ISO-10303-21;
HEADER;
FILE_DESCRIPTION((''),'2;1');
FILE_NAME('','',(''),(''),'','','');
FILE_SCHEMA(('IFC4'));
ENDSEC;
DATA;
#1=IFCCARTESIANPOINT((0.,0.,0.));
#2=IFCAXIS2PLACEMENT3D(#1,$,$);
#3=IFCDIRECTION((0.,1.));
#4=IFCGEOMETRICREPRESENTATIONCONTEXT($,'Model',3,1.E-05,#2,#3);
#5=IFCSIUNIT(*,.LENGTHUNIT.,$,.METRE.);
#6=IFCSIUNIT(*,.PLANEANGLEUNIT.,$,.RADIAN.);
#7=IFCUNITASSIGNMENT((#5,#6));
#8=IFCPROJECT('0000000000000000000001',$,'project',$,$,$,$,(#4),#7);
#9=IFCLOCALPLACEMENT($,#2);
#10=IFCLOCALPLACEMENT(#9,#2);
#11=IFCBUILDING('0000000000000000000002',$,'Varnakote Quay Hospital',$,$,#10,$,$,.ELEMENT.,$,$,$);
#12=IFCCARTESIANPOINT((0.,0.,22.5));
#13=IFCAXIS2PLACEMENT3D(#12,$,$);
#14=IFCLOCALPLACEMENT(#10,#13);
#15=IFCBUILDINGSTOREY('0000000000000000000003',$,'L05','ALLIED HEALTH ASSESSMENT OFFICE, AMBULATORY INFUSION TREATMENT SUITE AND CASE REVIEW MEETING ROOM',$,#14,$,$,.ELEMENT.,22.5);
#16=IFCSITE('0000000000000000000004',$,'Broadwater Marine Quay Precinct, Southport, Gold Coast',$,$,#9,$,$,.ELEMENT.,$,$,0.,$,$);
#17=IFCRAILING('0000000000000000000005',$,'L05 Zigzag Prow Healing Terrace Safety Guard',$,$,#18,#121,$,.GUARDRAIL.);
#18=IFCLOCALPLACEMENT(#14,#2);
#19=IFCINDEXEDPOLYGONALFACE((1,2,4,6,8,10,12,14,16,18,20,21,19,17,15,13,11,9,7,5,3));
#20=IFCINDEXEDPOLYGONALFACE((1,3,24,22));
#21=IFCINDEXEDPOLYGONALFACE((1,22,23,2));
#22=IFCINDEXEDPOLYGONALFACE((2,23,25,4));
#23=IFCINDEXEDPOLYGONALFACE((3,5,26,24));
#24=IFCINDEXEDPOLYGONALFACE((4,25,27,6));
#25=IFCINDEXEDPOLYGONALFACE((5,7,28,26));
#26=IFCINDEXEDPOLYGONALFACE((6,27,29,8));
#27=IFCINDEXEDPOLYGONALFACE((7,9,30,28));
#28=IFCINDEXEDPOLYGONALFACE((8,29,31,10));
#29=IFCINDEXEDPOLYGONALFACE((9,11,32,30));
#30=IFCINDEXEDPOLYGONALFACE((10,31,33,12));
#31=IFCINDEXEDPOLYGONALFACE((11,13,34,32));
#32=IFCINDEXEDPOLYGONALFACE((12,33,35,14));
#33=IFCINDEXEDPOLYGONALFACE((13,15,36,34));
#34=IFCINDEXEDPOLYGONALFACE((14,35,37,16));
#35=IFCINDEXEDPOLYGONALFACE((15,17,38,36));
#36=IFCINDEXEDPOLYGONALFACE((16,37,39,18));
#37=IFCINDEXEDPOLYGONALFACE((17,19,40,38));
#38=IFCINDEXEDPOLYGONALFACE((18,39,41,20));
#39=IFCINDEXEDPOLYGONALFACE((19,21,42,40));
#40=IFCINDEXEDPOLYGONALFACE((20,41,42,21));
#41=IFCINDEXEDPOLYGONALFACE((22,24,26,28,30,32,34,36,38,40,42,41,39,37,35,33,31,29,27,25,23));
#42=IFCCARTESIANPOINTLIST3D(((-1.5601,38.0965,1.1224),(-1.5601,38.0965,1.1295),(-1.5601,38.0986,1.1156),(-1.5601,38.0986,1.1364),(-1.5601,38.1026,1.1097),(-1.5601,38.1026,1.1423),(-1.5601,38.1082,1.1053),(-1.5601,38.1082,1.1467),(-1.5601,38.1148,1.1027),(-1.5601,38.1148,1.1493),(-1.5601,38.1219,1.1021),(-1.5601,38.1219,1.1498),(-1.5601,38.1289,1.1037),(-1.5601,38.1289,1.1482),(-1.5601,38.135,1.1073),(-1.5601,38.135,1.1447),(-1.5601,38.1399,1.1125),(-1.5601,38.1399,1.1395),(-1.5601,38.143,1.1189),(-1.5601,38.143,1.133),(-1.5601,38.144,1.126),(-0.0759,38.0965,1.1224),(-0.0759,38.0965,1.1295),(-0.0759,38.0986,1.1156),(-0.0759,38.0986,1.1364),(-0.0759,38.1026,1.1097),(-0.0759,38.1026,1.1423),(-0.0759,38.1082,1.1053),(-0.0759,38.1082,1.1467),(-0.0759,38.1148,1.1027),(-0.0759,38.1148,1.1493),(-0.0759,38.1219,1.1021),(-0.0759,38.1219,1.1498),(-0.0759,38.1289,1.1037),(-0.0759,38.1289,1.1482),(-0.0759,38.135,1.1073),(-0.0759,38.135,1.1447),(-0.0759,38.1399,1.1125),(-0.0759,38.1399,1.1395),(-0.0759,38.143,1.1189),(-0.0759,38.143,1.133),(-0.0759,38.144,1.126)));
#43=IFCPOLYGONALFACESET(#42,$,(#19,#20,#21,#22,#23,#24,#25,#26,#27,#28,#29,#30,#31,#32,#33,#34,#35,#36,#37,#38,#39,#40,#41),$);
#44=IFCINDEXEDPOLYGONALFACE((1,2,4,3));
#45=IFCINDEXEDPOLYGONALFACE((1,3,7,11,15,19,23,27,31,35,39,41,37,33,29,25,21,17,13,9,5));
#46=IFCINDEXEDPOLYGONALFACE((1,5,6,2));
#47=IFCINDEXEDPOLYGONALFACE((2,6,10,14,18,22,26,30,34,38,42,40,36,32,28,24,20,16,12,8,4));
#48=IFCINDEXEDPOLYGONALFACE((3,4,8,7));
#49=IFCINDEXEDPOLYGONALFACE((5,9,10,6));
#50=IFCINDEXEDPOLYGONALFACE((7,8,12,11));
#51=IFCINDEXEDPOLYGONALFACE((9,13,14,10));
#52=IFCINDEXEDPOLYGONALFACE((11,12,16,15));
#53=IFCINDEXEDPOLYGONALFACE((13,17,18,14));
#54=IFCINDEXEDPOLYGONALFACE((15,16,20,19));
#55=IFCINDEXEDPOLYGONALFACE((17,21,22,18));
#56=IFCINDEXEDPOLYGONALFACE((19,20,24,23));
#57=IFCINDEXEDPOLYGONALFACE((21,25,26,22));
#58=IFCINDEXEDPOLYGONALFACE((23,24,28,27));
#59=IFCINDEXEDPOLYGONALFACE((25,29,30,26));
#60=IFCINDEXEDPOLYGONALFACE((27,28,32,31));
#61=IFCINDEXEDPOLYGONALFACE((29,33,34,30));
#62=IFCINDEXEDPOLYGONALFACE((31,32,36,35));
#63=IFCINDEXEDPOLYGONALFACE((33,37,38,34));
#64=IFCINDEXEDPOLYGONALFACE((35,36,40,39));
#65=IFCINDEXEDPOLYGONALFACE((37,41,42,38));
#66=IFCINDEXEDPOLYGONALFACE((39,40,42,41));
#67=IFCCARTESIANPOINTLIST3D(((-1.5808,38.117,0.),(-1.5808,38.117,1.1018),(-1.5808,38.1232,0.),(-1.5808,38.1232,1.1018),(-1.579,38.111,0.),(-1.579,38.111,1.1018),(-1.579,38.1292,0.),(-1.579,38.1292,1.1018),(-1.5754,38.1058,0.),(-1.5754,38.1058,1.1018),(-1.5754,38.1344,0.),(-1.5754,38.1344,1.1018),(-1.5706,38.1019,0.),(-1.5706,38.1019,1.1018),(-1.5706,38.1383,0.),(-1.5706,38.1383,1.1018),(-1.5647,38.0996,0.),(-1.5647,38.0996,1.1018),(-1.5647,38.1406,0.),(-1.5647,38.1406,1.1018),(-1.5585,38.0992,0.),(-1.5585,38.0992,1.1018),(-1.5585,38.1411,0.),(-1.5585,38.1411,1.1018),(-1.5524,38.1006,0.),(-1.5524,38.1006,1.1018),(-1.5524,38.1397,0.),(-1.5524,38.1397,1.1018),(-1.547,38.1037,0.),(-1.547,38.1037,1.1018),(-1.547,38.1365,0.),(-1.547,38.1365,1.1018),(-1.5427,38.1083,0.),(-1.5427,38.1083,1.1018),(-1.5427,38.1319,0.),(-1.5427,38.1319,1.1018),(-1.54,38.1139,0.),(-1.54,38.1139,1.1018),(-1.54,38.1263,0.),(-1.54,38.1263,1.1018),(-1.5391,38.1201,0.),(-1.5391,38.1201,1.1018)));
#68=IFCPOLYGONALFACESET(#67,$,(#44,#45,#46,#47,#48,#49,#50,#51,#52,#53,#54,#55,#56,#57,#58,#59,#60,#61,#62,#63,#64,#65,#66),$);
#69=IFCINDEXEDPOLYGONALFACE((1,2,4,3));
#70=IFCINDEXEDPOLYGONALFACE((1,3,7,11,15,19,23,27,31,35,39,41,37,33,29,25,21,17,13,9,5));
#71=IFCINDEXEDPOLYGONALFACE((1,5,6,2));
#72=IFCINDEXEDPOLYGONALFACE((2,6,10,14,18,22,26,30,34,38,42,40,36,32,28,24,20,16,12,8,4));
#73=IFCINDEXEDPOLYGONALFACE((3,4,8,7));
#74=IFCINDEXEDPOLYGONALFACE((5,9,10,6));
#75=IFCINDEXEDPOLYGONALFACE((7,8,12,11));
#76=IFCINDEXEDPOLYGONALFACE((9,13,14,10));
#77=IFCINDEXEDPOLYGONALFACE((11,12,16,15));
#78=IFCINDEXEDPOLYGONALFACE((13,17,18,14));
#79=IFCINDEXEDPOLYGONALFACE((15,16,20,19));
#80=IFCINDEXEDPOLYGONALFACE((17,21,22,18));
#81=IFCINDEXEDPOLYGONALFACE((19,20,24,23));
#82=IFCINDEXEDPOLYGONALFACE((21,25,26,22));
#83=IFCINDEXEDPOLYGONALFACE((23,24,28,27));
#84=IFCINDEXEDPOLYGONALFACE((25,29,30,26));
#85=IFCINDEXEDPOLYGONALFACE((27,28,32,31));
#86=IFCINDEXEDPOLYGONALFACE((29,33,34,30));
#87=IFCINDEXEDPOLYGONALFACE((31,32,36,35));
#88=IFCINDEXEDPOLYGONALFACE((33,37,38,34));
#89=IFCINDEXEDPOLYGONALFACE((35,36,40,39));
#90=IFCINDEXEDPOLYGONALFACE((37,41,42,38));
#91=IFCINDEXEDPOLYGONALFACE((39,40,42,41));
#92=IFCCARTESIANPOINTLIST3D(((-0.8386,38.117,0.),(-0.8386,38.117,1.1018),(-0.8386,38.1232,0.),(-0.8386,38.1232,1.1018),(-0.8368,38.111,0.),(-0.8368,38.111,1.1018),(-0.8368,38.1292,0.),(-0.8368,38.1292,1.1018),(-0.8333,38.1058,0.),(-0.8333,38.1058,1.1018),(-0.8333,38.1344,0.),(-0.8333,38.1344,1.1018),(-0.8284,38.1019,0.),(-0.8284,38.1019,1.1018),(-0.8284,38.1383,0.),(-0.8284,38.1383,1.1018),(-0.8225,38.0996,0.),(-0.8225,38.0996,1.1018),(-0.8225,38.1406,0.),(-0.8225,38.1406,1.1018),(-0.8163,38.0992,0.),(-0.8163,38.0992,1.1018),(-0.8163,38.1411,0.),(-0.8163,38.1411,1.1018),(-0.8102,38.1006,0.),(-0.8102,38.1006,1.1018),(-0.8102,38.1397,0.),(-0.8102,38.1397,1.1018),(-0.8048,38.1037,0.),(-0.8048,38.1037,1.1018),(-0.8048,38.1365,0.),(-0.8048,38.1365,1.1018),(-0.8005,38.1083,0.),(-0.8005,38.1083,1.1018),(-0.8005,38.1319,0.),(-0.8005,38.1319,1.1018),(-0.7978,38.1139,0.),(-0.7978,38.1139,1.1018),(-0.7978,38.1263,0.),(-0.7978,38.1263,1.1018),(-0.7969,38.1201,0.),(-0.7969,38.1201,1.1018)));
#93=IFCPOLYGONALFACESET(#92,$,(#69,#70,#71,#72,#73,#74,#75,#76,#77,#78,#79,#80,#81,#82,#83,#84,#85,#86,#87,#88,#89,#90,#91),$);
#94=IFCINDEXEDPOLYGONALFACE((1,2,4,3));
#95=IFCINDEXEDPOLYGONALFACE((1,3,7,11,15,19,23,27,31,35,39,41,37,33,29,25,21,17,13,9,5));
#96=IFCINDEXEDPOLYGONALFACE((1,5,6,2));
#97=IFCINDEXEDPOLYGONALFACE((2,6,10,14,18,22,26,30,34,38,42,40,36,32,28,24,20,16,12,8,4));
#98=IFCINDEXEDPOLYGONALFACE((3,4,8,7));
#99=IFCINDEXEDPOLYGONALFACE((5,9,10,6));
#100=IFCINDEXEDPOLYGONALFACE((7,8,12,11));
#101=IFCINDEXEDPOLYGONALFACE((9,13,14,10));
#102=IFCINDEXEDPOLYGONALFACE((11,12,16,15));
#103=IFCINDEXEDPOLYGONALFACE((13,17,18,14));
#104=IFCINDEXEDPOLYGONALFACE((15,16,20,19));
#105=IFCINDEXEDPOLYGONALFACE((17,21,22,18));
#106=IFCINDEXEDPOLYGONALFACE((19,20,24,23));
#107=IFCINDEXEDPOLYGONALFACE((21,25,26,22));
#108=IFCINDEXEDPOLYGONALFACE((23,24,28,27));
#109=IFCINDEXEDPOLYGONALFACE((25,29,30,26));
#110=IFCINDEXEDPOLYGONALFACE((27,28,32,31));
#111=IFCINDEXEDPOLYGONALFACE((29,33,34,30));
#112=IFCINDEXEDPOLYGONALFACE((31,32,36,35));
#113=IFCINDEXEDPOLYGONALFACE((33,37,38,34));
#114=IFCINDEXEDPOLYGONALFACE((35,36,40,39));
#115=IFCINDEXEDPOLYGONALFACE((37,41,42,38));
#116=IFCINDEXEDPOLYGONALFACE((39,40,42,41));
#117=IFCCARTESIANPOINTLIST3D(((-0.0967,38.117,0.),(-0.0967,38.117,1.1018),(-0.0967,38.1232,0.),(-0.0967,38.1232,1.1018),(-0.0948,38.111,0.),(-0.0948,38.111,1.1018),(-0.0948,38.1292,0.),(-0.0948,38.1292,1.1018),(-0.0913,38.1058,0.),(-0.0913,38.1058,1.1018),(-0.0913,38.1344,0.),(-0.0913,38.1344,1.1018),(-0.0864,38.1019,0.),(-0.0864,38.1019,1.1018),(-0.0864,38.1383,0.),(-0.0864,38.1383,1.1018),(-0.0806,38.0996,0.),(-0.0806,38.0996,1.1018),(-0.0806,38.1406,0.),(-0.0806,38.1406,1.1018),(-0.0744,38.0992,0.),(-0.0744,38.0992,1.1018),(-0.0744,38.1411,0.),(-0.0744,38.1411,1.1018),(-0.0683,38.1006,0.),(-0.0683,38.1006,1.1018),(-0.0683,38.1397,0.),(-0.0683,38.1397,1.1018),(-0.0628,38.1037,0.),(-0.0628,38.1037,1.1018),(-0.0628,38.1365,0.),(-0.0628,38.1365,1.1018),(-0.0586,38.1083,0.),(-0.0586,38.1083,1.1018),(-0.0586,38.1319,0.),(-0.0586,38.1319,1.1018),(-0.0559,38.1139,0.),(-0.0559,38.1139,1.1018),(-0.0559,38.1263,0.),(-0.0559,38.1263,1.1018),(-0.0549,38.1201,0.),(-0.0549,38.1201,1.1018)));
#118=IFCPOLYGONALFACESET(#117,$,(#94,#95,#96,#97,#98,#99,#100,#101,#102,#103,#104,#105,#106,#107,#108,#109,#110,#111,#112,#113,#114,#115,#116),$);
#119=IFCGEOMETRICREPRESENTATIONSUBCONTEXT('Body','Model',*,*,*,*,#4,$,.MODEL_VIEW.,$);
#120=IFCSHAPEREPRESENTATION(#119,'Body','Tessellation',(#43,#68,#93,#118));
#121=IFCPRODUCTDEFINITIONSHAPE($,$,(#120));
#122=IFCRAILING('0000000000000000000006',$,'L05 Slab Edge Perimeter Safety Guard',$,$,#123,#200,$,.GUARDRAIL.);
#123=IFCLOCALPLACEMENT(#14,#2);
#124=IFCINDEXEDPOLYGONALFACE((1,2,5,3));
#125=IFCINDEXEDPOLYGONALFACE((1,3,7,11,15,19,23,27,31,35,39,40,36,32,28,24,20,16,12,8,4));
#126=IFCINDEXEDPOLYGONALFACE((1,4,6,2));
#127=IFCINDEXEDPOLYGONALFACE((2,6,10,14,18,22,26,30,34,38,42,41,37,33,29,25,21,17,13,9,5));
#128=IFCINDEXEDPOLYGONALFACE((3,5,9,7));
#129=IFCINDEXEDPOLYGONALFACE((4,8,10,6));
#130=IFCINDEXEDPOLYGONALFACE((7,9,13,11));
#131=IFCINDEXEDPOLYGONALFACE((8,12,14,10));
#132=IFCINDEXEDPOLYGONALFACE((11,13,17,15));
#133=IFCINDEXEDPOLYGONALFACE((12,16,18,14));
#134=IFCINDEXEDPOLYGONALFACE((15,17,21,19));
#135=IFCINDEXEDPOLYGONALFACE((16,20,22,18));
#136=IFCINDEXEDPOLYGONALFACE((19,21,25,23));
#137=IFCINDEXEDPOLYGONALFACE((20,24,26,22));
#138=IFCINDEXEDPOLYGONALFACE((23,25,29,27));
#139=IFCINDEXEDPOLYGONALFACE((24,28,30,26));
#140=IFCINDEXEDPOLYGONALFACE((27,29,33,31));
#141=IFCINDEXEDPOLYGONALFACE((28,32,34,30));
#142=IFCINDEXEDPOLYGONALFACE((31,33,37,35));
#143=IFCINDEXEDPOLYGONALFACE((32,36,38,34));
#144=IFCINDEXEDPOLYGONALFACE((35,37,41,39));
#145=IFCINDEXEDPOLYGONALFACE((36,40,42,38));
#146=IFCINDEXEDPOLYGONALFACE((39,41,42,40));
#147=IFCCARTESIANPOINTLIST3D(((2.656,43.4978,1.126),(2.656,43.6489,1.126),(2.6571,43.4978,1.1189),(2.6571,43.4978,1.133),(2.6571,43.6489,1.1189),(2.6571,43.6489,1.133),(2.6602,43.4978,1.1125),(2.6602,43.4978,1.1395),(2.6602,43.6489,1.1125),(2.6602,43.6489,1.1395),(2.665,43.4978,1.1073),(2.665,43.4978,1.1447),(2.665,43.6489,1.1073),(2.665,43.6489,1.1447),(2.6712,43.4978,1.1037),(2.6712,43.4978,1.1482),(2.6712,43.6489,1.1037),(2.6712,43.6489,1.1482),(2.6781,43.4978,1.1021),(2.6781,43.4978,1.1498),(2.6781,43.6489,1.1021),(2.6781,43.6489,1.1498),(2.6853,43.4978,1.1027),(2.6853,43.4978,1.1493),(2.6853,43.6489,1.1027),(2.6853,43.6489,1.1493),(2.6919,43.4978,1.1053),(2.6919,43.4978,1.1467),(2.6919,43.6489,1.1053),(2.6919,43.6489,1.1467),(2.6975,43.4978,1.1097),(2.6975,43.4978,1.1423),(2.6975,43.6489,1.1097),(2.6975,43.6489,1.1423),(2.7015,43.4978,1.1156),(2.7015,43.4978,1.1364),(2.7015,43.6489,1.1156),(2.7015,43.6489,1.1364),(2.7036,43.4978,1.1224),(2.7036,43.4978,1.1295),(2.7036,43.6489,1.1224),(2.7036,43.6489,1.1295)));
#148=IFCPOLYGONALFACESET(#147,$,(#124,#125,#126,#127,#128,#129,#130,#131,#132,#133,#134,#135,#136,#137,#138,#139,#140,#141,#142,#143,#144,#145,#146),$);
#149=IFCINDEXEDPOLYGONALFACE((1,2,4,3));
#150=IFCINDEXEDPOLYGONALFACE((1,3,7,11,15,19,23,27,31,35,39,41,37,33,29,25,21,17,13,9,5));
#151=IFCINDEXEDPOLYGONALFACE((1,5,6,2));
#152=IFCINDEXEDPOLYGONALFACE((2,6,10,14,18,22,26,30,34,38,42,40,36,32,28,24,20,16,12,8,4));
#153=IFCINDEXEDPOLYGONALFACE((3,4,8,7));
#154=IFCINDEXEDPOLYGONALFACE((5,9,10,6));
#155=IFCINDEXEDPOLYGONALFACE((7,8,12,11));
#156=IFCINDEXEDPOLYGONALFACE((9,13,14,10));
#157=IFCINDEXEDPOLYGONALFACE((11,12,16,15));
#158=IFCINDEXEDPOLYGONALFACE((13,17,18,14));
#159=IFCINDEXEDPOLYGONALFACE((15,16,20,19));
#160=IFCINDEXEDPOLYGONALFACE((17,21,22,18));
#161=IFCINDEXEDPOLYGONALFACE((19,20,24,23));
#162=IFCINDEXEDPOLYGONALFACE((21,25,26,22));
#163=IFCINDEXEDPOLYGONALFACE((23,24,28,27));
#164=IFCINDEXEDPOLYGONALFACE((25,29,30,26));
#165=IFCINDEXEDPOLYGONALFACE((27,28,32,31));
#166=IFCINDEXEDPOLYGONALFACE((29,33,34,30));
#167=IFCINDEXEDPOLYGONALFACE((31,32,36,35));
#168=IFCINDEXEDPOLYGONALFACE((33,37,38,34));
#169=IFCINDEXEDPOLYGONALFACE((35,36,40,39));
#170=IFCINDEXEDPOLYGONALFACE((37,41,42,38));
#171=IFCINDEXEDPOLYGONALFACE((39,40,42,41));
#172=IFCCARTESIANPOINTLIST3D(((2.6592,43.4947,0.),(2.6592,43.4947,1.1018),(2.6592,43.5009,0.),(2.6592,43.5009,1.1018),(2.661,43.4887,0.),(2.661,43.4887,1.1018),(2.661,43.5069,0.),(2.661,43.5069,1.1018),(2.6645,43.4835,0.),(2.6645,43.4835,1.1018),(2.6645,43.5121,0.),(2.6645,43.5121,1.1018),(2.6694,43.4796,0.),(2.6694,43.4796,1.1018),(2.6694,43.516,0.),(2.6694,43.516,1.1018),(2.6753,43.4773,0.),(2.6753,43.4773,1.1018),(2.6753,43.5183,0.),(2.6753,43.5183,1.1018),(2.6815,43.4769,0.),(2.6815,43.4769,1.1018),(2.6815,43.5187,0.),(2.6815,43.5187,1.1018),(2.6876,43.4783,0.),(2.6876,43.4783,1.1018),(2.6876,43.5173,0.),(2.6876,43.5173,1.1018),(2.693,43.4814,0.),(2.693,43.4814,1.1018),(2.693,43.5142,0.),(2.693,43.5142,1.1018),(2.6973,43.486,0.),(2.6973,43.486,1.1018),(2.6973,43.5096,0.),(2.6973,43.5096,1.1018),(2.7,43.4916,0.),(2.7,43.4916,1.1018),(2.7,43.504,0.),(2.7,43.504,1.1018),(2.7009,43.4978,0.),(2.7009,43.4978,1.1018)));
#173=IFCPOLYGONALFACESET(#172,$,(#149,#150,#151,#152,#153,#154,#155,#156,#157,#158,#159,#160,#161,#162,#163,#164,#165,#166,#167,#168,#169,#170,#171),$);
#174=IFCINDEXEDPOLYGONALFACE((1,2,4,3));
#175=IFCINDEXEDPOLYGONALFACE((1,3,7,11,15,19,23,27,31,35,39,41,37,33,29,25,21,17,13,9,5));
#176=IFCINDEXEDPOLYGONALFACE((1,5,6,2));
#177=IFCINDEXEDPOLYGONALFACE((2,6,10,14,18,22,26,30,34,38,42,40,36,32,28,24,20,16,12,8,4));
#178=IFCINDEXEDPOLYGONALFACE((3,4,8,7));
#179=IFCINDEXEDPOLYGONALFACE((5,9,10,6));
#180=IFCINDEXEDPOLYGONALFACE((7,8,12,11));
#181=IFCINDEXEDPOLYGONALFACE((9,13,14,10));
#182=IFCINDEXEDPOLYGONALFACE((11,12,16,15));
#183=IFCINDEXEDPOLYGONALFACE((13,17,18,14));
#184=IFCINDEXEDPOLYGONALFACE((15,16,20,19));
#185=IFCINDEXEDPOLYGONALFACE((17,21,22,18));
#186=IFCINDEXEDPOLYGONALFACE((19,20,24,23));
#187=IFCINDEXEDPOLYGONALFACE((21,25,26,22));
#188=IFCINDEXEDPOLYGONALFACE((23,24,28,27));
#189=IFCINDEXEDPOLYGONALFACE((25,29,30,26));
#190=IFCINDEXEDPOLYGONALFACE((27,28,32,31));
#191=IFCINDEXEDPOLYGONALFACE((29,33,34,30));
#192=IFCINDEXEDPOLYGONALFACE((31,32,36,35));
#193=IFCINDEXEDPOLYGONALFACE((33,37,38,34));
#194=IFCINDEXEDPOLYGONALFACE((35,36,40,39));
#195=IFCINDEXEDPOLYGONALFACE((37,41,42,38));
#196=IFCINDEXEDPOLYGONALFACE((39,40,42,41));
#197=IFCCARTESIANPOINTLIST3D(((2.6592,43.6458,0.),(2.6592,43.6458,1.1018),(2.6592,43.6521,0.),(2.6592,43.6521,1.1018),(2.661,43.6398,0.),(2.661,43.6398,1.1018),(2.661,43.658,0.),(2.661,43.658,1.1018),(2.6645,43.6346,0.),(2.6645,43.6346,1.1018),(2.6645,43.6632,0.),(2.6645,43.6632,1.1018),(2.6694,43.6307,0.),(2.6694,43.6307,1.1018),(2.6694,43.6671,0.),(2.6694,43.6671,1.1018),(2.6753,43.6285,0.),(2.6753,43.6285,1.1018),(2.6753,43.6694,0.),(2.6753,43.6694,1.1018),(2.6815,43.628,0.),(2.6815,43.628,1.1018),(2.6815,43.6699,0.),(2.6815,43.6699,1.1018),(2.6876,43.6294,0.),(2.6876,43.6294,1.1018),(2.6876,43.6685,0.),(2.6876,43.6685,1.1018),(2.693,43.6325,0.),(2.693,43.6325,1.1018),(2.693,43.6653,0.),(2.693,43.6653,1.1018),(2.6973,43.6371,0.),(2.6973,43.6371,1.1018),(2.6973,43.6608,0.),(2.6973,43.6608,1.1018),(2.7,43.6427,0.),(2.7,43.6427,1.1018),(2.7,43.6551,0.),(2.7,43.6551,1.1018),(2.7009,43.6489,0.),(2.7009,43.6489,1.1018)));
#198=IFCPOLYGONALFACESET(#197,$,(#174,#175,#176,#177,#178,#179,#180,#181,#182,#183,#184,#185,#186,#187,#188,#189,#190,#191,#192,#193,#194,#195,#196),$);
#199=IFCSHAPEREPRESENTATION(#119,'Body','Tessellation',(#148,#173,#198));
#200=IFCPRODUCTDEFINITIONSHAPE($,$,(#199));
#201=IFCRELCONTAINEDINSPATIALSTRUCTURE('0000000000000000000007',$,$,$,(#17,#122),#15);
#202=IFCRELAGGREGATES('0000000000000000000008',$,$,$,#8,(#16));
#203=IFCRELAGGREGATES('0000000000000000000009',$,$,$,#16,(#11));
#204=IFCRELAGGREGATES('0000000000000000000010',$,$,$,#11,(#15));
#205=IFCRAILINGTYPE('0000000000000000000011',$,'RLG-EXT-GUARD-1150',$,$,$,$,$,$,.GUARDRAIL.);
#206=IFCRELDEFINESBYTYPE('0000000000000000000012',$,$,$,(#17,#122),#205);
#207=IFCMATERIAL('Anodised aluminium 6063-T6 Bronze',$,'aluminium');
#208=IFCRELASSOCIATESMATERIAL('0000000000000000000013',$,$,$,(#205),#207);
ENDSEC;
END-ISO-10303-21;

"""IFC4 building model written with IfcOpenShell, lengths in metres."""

from ifc_helpers import new_model, si_unit, direction, frame, origin, origin_2d, place, context, subcontext, project, spatial, circle, extrude, material, type_object, element, save


model = new_model("IFC4")

# Units and contexts
model_context = context("Model", 3, precision=1e-05, world=origin(), true_north=direction((0.0, 1.0)))
body_context = subcontext(model_context, "Body", "Model", "MODEL_VIEW")
ifc_project = project(units=[si_unit("LENGTHUNIT", "METRE"), si_unit("PLANEANGLEUNIT", "RADIAN")], contexts=[model_context])

# Site, building, storey
site_placement = place(None, origin())
site = spatial("IfcSite", under=ifc_project, at=site_placement, Name="Broadwater Marine Quay Precinct, Southport, Gold Coast", CompositionType="ELEMENT", RefElevation=0.0)
building_placement = place(site_placement, origin())
building = spatial("IfcBuilding", under=site, at=building_placement, Name="Varnakote Quay Hospital", CompositionType="ELEMENT")
storey_placement = place(building_placement, frame((0.0, 0.0, 22.5)))
storey = spatial("IfcBuildingStorey", under=building, at=storey_placement, Name="L05", Description="ALLIED HEALTH ASSESSMENT OFFICE, AMBULATORY INFUSION TREATMENT SUITE AND CASE REVIEW MEETING ROOM", CompositionType="ELEMENT", Elevation=22.5)

# Railings
ifc_material_1 = material(Name="Anodised aluminium 6063-T6 Bronze", Category="aluminium")
railing_type = type_object("IfcRailingType", Name="RLG-EXT-GUARD-1150", PredefinedType="GUARDRAIL", material=ifc_material_1)
railing_1_placement = place(storey_placement, frame((-1.5601, 38.1201, 0.0)))
element("IfcRailing", 1, at=railing_1_placement, inside=storey, type_object=railing_type, Name="L05 Zigzag Prow Healing Terrace Safety Guard", PredefinedType="GUARDRAIL", context=body_context, shape_type="SweptSolid", body=[
    extrude(circle(Radius=0.0239, at=origin_2d()), frame((0.0, 0.0, 1.126), z_axis=(1.0, 0.0, 0.0), x_axis=(0.0, 1.0, 0.0)), (0.0, 0.0, 1.0), 1.4841),
    extrude(circle(Radius=0.021, at=origin_2d()), origin(), (0.0, 0.0, 1.0), 1.1018),
    extrude(circle(Radius=0.021, at=origin_2d()), frame((0.7422, 0.0, 0.0)), (0.0, 0.0, 1.0), 1.1018),
    extrude(circle(Radius=0.021, at=origin_2d()), frame((1.4841, 0.0, 0.0)), (0.0, 0.0, 1.0), 1.1018),
])
railing_2_placement = place(storey_placement, frame((2.6799, 43.4978, 0.0)))
element("IfcRailing", 2, at=railing_2_placement, inside=storey, type_object=railing_type, Name="L05 Slab Edge Perimeter Safety Guard", PredefinedType="GUARDRAIL", context=body_context, shape_type="SweptSolid", body=[
    extrude(circle(Radius=0.0239, at=origin_2d()), frame((0.0, 0.0, 1.126), z_axis=(0.0, 1.0, 0.0), x_axis=(-1.0, 0.0, 0.0)), (0.0, 0.0, 1.0), 0.1511),
    extrude(circle(Radius=0.021, at=origin_2d()), origin(), (0.0, 0.0, 1.0), 1.1018),
    extrude(circle(Radius=0.021, at=origin_2d()), frame((0.0, 0.1511, 0.0)), (0.0, 0.0, 1.0), 1.1018),
])

save(model, "model.ifc")
